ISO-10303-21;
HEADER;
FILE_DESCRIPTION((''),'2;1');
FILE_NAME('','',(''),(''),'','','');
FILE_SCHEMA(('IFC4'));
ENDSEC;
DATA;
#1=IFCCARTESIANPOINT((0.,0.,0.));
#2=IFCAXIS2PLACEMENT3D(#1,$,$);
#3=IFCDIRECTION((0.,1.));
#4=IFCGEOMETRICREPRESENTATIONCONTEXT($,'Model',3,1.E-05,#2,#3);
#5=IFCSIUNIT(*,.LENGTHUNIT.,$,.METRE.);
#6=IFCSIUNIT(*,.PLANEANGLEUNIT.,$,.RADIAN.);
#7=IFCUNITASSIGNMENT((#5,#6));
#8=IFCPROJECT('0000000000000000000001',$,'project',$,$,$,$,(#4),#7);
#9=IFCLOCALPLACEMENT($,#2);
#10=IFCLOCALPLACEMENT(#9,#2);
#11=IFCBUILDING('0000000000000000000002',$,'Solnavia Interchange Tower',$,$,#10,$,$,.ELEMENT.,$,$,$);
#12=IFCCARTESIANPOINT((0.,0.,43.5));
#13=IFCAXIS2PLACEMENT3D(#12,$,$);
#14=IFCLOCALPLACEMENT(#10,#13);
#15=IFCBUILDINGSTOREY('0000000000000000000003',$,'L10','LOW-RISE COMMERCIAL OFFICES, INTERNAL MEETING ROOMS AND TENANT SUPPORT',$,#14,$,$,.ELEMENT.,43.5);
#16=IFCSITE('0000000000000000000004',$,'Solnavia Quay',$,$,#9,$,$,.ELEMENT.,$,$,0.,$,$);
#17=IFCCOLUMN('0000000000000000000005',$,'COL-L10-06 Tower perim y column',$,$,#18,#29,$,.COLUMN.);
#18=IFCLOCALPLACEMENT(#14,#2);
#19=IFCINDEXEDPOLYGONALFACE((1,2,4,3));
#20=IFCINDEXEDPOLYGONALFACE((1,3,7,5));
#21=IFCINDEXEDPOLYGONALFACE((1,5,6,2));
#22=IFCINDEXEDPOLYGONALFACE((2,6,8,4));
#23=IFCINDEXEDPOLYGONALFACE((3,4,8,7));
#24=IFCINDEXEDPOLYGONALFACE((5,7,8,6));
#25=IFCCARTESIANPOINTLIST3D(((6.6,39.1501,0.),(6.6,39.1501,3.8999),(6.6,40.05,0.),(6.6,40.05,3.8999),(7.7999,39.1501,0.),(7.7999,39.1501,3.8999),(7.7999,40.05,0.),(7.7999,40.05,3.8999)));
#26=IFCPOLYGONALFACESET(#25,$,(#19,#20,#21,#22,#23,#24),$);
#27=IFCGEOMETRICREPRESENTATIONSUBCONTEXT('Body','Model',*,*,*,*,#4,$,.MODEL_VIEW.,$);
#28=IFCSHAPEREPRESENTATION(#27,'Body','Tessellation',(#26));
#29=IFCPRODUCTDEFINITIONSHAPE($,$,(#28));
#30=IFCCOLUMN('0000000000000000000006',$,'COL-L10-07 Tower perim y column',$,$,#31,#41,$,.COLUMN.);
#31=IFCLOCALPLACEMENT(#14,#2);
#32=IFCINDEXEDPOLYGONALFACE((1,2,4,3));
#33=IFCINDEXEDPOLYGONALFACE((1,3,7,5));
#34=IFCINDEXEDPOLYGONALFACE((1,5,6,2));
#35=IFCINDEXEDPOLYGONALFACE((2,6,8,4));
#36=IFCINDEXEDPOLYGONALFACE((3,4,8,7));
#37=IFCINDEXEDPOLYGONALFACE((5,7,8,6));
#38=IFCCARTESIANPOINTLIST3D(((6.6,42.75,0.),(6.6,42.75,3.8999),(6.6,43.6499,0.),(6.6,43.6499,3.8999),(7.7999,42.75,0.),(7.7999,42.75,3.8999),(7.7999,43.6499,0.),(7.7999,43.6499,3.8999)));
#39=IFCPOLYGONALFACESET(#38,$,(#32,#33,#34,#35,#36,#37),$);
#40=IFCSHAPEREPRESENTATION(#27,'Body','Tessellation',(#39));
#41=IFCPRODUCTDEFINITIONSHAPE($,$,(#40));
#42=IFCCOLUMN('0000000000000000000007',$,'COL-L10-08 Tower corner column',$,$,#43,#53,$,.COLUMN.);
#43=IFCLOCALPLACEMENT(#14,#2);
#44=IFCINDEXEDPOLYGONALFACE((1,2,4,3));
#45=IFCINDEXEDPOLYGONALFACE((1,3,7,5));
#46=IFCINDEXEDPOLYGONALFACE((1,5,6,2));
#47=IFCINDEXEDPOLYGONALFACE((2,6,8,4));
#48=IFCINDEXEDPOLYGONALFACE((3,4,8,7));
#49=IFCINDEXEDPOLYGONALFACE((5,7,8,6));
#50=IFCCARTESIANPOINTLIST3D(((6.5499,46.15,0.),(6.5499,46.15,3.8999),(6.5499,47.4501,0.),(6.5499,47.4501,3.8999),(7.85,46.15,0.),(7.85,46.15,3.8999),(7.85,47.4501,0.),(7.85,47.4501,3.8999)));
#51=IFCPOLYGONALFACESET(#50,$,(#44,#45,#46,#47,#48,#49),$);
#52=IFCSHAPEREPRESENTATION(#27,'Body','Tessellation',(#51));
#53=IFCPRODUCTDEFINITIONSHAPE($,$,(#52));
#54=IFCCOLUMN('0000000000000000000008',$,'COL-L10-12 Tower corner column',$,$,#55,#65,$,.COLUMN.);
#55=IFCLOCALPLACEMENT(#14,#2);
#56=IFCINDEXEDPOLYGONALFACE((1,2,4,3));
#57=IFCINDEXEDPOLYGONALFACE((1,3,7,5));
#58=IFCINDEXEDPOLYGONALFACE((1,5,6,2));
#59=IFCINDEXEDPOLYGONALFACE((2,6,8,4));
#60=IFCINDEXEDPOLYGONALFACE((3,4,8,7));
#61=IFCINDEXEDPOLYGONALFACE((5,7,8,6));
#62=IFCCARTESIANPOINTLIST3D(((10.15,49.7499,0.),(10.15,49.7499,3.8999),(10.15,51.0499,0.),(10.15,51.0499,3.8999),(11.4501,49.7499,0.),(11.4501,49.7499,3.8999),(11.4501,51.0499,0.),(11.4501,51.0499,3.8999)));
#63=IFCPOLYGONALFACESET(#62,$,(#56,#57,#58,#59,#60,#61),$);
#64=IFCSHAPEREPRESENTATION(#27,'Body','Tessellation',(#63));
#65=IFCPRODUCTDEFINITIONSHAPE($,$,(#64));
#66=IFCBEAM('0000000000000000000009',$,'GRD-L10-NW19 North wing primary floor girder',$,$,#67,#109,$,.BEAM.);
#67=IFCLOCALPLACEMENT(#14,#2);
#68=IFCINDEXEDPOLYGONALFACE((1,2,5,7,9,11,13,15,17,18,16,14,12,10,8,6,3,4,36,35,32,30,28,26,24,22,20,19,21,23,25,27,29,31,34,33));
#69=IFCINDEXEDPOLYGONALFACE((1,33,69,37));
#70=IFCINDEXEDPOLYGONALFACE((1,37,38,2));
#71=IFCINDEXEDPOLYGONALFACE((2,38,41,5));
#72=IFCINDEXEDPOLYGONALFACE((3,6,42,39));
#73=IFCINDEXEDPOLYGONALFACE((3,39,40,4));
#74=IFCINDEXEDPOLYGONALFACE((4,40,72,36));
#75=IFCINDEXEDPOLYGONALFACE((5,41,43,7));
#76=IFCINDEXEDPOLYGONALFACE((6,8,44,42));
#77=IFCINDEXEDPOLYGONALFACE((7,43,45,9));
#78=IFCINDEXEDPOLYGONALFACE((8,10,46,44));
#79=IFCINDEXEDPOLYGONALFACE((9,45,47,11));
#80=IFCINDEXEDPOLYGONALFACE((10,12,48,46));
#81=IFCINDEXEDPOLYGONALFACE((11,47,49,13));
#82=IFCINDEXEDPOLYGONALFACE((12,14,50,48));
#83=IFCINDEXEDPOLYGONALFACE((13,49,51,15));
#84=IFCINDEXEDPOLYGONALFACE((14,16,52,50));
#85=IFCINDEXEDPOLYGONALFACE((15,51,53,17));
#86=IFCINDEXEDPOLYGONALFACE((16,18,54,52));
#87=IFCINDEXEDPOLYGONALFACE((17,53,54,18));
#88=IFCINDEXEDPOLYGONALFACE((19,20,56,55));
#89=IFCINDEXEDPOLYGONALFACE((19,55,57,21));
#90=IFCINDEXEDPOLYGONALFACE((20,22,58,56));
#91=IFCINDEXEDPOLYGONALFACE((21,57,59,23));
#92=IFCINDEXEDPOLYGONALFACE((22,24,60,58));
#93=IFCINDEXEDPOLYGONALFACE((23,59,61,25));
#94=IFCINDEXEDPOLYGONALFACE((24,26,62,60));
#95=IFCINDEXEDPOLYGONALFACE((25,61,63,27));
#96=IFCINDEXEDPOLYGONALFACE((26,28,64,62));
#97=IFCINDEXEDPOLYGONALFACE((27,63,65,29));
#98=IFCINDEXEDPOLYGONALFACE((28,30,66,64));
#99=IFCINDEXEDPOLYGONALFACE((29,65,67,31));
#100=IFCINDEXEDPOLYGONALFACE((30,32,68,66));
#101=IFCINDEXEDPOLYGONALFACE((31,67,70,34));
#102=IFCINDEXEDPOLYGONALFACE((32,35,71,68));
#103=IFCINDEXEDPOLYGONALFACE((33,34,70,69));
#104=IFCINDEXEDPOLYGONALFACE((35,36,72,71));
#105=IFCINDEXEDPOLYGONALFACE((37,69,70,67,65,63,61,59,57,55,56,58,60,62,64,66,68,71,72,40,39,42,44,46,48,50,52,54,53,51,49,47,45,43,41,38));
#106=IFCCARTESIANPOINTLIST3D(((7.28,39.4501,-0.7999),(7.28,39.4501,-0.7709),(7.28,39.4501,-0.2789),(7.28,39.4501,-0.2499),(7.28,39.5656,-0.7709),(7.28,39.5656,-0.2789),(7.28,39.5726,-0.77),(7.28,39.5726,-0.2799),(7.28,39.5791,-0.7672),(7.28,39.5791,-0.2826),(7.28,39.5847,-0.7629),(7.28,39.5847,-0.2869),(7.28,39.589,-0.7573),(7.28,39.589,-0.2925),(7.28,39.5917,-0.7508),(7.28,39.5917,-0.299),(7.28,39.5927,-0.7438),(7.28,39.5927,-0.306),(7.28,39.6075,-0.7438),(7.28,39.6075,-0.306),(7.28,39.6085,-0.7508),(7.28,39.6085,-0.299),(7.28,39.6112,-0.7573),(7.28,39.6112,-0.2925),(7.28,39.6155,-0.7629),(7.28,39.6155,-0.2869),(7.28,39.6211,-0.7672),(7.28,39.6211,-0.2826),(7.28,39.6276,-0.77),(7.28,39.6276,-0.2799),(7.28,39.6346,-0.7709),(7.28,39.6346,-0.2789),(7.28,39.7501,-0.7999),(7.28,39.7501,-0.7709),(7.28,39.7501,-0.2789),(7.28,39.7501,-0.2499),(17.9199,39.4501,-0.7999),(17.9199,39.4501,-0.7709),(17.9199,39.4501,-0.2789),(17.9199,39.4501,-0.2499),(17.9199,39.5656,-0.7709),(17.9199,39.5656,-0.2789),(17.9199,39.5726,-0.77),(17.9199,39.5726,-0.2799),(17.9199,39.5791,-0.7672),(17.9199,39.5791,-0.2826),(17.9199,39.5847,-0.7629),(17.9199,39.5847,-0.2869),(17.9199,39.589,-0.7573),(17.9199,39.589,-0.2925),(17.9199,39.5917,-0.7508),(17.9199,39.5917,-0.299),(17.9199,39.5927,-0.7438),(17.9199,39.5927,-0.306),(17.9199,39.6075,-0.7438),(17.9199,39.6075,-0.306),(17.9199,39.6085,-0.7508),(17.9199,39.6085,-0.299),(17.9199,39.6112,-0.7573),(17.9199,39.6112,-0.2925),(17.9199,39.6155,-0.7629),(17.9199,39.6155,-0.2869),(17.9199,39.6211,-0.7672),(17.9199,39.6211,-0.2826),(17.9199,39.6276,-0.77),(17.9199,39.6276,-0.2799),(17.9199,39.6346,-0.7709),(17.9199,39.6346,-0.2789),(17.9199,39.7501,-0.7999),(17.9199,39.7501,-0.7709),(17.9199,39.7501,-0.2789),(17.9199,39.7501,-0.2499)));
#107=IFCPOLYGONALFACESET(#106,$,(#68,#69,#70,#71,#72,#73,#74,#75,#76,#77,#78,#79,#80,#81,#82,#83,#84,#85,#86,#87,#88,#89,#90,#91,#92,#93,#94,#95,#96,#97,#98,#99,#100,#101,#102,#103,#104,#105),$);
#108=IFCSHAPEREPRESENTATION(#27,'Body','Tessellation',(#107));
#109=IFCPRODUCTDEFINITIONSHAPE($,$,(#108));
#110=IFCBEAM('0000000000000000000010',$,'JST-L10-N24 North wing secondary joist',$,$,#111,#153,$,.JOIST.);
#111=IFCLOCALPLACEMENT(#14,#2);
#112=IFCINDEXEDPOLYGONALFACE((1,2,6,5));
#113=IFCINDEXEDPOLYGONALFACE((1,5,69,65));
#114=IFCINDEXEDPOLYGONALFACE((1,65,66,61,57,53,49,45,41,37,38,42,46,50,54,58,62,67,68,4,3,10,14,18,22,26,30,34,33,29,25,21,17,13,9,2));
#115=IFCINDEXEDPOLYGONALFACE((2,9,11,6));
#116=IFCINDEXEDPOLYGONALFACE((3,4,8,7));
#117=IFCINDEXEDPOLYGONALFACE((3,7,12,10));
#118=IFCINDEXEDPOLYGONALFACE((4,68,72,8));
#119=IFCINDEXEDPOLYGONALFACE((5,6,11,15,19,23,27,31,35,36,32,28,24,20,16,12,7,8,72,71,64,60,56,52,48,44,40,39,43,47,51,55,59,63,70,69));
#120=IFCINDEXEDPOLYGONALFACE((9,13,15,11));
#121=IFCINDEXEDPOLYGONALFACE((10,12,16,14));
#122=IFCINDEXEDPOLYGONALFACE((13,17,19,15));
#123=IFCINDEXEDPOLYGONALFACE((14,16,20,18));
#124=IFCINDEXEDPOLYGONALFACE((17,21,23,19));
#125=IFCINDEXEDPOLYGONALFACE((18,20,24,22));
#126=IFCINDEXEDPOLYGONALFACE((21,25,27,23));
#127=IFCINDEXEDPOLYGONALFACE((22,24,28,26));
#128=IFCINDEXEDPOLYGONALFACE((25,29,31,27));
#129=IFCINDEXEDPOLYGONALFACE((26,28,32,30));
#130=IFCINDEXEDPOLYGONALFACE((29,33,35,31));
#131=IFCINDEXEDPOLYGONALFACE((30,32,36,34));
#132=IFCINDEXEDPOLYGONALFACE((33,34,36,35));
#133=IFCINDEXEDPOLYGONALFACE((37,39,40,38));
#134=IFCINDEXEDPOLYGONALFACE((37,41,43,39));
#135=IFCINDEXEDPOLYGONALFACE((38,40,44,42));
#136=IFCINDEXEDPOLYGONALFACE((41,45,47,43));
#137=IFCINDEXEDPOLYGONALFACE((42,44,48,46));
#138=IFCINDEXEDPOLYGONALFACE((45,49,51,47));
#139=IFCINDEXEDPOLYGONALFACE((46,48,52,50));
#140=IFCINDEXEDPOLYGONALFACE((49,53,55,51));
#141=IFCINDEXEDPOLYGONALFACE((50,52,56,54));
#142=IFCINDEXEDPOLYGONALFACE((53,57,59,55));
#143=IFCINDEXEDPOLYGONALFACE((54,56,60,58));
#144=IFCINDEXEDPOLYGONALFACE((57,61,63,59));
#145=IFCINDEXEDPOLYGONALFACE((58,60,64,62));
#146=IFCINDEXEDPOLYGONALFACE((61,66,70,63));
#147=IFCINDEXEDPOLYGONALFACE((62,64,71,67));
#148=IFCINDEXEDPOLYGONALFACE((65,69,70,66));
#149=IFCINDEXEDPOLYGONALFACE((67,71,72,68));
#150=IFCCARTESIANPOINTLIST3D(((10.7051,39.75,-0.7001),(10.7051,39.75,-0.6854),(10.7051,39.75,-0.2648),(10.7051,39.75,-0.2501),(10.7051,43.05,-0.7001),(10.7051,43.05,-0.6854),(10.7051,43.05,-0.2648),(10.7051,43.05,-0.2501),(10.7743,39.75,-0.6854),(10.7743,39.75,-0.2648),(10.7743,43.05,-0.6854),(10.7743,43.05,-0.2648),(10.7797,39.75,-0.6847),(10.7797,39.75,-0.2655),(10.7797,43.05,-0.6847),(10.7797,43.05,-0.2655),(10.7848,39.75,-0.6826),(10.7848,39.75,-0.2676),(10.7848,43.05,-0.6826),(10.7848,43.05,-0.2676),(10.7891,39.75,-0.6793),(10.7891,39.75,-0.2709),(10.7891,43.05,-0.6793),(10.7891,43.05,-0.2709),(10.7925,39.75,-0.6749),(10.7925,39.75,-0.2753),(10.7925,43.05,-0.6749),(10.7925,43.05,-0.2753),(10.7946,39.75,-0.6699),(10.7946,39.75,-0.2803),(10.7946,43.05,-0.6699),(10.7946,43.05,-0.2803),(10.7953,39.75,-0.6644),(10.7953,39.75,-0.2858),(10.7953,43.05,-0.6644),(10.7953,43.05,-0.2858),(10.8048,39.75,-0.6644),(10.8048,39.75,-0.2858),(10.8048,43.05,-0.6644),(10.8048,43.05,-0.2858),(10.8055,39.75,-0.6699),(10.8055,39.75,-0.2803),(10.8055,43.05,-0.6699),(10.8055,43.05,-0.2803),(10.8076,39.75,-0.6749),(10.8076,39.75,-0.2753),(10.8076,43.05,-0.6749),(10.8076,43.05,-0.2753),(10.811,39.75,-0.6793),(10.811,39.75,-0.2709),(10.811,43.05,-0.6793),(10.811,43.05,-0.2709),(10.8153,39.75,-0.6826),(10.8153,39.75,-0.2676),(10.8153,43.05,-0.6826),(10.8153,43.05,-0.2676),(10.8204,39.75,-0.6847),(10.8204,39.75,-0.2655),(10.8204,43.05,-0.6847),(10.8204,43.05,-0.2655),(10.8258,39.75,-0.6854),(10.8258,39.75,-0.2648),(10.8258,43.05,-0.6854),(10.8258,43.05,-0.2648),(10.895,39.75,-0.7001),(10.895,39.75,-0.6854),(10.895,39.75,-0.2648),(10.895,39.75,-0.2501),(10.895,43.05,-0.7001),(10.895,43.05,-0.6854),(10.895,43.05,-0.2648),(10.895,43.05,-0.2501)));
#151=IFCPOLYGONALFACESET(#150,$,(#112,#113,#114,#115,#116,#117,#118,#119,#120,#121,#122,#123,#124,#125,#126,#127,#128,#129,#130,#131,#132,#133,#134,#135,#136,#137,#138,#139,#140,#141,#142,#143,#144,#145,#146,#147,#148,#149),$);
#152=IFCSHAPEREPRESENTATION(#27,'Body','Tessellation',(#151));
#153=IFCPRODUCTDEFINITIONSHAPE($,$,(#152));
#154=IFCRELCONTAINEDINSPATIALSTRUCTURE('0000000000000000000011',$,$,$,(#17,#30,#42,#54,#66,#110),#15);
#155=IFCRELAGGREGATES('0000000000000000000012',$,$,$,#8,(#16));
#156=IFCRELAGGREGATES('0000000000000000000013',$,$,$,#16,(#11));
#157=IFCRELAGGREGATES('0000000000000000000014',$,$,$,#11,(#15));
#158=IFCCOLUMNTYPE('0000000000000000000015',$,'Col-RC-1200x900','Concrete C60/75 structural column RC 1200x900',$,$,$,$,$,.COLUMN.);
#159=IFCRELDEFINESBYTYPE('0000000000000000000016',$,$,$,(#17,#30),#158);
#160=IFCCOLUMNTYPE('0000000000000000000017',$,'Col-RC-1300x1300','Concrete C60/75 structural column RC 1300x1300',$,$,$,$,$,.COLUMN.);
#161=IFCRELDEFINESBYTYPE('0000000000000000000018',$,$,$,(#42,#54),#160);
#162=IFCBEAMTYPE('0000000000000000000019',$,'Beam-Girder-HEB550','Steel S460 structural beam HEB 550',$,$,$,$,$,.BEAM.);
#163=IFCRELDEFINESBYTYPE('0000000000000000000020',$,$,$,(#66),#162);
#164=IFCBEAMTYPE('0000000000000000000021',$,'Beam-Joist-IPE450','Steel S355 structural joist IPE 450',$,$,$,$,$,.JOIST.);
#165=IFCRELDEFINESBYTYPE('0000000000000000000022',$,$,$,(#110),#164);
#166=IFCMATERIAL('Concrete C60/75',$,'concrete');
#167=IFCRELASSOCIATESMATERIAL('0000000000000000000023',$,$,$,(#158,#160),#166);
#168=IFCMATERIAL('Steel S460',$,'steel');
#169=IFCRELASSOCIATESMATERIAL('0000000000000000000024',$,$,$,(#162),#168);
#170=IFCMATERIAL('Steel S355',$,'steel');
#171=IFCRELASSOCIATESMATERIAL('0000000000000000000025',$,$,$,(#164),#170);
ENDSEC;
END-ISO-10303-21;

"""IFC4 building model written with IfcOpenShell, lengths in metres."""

from ifc_helpers import new_model, si_unit, direction, frame, origin, origin_2d, place, context, subcontext, project, spatial, rectangle, i_section, extrude, material, material_profile, profile_set, type_object, element, save


model = new_model("IFC4")

# Units and contexts
model_context = context("Model", 3, precision=1e-05, world=origin(), true_north=direction((0.0, 1.0)))
body_context = subcontext(model_context, "Body", "Model", "MODEL_VIEW")
ifc_project = project(units=[si_unit("LENGTHUNIT", "METRE"), si_unit("PLANEANGLEUNIT", "RADIAN")], contexts=[model_context])

# Site, building, storey
site_placement = place(None, origin())
site = spatial("IfcSite", under=ifc_project, at=site_placement, Name="Solnavia Quay", CompositionType="ELEMENT", RefElevation=0.0)
building_placement = place(site_placement, origin())
building = spatial("IfcBuilding", under=site, at=building_placement, Name="Solnavia Interchange Tower", CompositionType="ELEMENT")
storey_placement = place(building_placement, frame((0.0, 0.0, 43.5)))
storey = spatial("IfcBuildingStorey", under=building, at=storey_placement, Name="L10", Description="LOW-RISE COMMERCIAL OFFICES, INTERNAL MEETING ROOMS AND TENANT SUPPORT", CompositionType="ELEMENT", Elevation=43.5)

# Columns
ifc_material_1 = material(Name="Concrete C60/75", Category="concrete")
ifc_material_profile_1 = material_profile(ifc_material_1, rectangle(XDim=0.8999, YDim=1.2, at=origin_2d()), Name="RC 1200x900")
ifc_profile_set_1 = profile_set([ifc_material_profile_1], Name="Concrete C60/75")
column_type_1 = type_object("IfcColumnType", Name="Col-RC-1200x900", Description="Concrete C60/75 structural column RC 1200x900", PredefinedType="COLUMN", material=ifc_profile_set_1)
for number, where, z_axis, x_axis, name in (
    (1, (7.2, 39.6001, 0.0), (0.0, 0.0, 1.0), (0.0, 1.0, 0.0), "COL-L10-06 Tower perim y column"),
    (2, (7.2, 43.2, 0.0), (0.0, 0.0, 1.0), (0.0, 1.0, 0.0), "COL-L10-07 Tower perim y column"),
):
    element("IfcColumn", number, at=place(storey_placement, frame(where, z_axis=z_axis, x_axis=x_axis)), inside=storey, type_object=column_type_1, Name=name, PredefinedType="COLUMN", context=body_context, shape_type="SweptSolid", body=[
        extrude(rectangle(XDim=0.8999, YDim=1.2, at=origin_2d()), origin(), (0.0, 0.0, 1.0), 3.8999),
    ])
ifc_material_profile_2 = material_profile(ifc_material_1, rectangle(XDim=1.3, YDim=1.3, at=origin_2d()), Name="RC 1300x1300")
ifc_profile_set_2 = profile_set([ifc_material_profile_2], Name="Concrete C60/75")
column_type_2 = type_object("IfcColumnType", Name="Col-RC-1300x1300", Description="Concrete C60/75 structural column RC 1300x1300", PredefinedType="COLUMN", material=ifc_profile_set_2)
for number, where, z_axis, x_axis, name in (
    (3, (7.2, 46.8, 0.0), (0.0, 0.0, 1.0), (0.0, 1.0, 0.0), "COL-L10-08 Tower corner column"),
    (4, (10.8, 50.3999, 0.0), (0.0, 0.0, 1.0), (1.0, 0.0, 0.0), "COL-L10-12 Tower corner column"),
):
    element("IfcColumn", number, at=place(storey_placement, frame(where, z_axis=z_axis, x_axis=x_axis)), inside=storey, type_object=column_type_2, Name=name, PredefinedType="COLUMN", context=body_context, shape_type="SweptSolid", body=[
        extrude(rectangle(XDim=1.3, YDim=1.3, at=origin_2d()), origin(), (0.0, 0.0, 1.0), 3.8999),
    ])

# Beams
ifc_material_2 = material(Name="Steel S460", Category="steel")
ifc_material_profile_3 = material_profile(ifc_material_2, i_section(OverallWidth=0.3, OverallDepth=0.55, WebThickness=0.0149, FlangeThickness=0.0291, FilletRadius=0.0271, at=origin_2d()), Name="HEB 550")
ifc_profile_set_3 = profile_set([ifc_material_profile_3], Name="Steel S460")
beam_type_1 = type_object("IfcBeamType", Name="Beam-Girder-HEB550", Description="Steel S460 structural beam HEB 550", PredefinedType="BEAM", material=ifc_profile_set_3)
beam_1_placement = place(storey_placement, frame((7.28, 39.6001, -0.5249), z_axis=(1.0, 0.0, 0.0), x_axis=(0.0, 1.0, 0.0)))
element("IfcBeam", 5, at=beam_1_placement, inside=storey, type_object=beam_type_1, Name="GRD-L10-NW19 North wing primary floor girder", PredefinedType="BEAM", context=body_context, shape_type="SweptSolid", body=[
    extrude(i_section(OverallWidth=0.3, OverallDepth=0.55, WebThickness=0.0149, FlangeThickness=0.0291, FilletRadius=0.0271, at=origin_2d()), origin(), (0.0, 0.0, 1.0), 10.6399),
])
ifc_material_3 = material(Name="Steel S355", Category="steel")
ifc_material_profile_4 = material_profile(ifc_material_3, i_section(OverallWidth=0.1899, OverallDepth=0.45, WebThickness=0.0095, FlangeThickness=0.0146, FilletRadius=0.021, at=origin_2d()), Name="IPE 450")
ifc_profile_set_4 = profile_set([ifc_material_profile_4], Name="Steel S355")
beam_type_2 = type_object("IfcBeamType", Name="Beam-Joist-IPE450", Description="Steel S355 structural joist IPE 450", PredefinedType="JOIST", material=ifc_profile_set_4)
beam_2_placement = place(storey_placement, frame((10.8, 39.75, -0.4751), z_axis=(0.0, 1.0, 0.0), x_axis=(-1.0, 0.0, 0.0)))
element("IfcBeam", 6, at=beam_2_placement, inside=storey, type_object=beam_type_2, Name="JST-L10-N24 North wing secondary joist", PredefinedType="JOIST", context=body_context, shape_type="SweptSolid", body=[
    extrude(i_section(OverallWidth=0.1899, OverallDepth=0.45, WebThickness=0.0095, FlangeThickness=0.0146, FilletRadius=0.021, at=origin_2d()), origin(), (0.0, 0.0, 1.0), 3.3),
])

save(model, "model.ifc")
